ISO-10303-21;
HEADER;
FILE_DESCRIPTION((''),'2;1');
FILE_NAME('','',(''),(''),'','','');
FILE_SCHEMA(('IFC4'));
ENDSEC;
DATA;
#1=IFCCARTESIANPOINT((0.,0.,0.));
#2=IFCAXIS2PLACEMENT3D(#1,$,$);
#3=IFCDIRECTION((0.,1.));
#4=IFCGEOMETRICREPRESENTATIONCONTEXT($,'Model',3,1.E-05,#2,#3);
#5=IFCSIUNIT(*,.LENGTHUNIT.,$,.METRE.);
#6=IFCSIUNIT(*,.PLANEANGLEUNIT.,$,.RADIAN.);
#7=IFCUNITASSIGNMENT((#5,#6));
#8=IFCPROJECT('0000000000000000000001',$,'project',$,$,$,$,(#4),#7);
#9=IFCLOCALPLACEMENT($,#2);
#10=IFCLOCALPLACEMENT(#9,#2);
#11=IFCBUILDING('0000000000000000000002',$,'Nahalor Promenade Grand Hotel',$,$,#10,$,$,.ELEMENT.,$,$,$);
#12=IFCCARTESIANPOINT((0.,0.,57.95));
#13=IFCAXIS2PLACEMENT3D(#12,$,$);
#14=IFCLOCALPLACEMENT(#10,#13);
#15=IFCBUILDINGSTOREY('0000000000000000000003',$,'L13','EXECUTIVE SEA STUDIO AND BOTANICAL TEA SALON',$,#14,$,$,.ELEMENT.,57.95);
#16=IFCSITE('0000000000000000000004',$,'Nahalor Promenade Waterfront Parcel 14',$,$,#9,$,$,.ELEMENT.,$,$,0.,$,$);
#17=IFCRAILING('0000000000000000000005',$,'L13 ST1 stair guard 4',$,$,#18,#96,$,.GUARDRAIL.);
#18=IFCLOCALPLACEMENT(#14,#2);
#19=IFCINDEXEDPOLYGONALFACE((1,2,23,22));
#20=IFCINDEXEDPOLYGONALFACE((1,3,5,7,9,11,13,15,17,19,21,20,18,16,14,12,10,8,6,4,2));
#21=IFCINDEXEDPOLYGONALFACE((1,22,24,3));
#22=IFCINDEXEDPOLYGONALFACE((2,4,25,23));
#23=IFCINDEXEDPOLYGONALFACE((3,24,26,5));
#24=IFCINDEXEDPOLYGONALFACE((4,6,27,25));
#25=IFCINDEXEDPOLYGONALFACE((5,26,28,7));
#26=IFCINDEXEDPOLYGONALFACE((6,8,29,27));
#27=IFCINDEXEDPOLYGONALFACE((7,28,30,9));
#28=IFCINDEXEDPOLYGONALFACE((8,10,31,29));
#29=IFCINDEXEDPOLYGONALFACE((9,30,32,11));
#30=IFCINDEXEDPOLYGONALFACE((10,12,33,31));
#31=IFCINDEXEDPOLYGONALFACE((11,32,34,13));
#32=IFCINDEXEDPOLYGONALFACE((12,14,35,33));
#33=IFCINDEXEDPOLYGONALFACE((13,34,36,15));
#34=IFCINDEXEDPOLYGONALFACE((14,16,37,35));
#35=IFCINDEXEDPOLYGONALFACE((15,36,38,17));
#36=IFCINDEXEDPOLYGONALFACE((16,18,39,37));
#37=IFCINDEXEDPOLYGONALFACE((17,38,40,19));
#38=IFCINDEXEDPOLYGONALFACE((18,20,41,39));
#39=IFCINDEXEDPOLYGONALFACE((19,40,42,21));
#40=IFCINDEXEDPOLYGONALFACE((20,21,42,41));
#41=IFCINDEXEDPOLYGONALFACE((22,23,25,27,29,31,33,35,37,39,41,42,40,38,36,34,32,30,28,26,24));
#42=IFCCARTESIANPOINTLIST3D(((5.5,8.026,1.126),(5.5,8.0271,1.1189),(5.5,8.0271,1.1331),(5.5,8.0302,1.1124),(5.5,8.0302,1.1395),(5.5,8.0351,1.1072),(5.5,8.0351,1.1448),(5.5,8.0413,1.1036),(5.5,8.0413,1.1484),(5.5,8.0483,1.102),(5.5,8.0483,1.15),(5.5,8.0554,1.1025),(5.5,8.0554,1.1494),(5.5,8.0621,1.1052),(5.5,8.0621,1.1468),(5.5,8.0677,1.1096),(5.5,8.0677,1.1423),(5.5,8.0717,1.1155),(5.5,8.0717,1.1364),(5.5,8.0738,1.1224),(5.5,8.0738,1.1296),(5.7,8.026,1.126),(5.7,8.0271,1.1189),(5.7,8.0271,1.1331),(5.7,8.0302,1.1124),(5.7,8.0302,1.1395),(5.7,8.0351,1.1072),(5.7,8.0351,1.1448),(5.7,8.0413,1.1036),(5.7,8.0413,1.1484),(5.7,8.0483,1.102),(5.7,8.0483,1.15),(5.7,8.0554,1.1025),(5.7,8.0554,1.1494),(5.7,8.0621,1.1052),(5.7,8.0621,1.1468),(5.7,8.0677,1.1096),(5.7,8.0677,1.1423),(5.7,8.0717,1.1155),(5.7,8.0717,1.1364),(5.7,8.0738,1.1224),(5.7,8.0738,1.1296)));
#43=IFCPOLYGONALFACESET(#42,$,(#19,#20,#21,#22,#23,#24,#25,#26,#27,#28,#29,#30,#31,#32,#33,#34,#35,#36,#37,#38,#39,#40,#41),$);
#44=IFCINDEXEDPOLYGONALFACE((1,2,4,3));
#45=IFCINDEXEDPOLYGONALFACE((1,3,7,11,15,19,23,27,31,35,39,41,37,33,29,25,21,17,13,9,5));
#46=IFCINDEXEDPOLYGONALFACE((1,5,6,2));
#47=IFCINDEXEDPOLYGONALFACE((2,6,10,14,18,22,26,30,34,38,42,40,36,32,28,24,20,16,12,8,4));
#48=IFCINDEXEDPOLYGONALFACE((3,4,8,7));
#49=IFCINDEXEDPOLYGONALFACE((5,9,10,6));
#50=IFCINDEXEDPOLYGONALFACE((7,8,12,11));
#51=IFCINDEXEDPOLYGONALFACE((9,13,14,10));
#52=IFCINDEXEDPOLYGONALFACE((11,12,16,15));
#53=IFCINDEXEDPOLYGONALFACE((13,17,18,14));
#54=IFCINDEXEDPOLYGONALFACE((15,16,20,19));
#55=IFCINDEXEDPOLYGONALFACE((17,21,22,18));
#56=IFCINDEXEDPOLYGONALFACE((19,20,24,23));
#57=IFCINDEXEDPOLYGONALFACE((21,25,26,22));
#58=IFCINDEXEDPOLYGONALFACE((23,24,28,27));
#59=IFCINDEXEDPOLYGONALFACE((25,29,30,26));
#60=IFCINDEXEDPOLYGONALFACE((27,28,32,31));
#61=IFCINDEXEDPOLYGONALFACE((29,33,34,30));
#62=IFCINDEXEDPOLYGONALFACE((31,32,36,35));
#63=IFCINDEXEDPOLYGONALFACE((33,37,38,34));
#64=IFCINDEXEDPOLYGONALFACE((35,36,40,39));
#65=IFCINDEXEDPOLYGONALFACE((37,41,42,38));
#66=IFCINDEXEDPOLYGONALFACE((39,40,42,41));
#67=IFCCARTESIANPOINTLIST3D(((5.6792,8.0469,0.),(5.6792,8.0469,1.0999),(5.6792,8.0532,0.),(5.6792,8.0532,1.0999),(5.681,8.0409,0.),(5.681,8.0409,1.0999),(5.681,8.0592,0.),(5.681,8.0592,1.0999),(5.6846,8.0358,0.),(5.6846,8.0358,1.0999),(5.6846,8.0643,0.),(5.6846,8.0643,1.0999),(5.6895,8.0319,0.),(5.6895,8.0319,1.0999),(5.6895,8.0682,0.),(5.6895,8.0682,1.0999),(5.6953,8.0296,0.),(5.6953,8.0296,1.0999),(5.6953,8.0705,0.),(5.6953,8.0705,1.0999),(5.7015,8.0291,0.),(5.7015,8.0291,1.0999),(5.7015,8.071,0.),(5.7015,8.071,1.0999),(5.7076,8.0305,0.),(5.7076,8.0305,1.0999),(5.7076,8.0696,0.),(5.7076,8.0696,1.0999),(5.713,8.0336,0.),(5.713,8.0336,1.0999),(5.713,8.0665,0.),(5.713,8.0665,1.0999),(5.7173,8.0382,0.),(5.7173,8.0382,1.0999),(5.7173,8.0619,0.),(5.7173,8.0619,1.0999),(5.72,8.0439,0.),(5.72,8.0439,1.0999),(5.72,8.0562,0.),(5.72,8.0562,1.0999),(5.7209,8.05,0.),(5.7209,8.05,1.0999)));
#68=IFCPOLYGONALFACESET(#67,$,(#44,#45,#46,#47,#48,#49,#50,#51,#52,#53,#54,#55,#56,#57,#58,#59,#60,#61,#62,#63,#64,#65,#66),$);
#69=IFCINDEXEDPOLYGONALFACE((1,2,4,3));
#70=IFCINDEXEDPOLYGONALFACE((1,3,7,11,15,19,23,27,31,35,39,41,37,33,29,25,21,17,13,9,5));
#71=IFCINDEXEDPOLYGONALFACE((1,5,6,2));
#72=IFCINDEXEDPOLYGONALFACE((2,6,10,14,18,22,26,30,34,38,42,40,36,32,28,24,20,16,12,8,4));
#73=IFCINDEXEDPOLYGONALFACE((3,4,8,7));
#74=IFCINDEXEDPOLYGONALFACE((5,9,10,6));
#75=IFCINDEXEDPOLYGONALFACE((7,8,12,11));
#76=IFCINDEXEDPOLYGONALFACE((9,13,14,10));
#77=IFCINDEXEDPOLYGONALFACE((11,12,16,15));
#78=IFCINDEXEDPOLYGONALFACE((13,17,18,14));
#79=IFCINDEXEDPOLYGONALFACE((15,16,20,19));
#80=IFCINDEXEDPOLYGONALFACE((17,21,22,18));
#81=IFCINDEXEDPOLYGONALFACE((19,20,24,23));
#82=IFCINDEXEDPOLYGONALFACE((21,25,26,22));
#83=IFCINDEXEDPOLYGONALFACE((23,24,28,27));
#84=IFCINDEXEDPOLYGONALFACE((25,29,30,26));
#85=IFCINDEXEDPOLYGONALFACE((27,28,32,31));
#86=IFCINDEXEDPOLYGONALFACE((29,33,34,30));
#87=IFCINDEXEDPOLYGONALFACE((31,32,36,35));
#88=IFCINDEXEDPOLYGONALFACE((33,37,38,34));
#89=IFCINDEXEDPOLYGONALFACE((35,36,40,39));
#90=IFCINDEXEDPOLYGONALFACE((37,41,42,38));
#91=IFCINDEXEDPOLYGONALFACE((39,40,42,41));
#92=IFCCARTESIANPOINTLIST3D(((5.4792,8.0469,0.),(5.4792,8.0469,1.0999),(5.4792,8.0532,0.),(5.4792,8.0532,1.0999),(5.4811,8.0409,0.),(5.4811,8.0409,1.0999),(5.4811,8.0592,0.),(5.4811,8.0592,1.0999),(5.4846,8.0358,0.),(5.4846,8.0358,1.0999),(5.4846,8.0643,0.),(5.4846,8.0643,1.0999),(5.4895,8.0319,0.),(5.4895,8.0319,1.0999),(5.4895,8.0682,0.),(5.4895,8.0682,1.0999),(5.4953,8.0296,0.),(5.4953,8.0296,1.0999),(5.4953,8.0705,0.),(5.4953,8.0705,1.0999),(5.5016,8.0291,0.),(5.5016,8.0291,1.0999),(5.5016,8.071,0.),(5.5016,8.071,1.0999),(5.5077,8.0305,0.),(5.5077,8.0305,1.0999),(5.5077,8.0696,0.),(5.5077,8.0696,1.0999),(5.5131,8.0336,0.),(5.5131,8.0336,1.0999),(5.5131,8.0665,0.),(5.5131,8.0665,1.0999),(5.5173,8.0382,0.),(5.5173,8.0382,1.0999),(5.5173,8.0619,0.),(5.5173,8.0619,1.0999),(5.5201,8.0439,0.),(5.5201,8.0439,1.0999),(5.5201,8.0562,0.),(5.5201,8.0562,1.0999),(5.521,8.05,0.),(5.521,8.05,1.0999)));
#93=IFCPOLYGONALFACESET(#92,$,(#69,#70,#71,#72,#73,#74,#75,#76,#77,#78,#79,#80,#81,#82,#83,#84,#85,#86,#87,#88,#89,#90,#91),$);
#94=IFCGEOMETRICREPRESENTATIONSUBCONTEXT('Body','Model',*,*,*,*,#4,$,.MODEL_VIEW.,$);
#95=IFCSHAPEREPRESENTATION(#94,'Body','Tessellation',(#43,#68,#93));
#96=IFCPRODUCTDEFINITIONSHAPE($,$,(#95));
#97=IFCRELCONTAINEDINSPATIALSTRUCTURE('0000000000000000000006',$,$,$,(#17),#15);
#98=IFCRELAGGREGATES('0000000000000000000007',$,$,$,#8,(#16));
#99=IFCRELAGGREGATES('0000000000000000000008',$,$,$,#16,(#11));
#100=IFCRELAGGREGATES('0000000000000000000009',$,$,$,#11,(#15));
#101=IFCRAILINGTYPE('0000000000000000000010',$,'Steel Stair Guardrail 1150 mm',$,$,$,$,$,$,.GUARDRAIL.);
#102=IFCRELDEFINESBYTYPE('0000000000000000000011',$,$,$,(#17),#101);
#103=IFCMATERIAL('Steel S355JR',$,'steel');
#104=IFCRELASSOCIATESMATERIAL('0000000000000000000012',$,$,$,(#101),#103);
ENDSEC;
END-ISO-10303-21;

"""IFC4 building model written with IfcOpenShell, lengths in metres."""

from ifc_helpers import new_model, si_unit, direction, frame, origin, origin_2d, place, context, subcontext, project, spatial, circle, extrude, material, type_object, element, save


model = new_model("IFC4")

# Units and contexts
model_context = context("Model", 3, precision=1e-05, world=origin(), true_north=direction((0.0, 1.0)))
body_context = subcontext(model_context, "Body", "Model", "MODEL_VIEW")
ifc_project = project(units=[si_unit("LENGTHUNIT", "METRE"), si_unit("PLANEANGLEUNIT", "RADIAN")], contexts=[model_context])

# Site, building, storey
site_placement = place(None, origin())
site = spatial("IfcSite", under=ifc_project, at=site_placement, Name="Nahalor Promenade Waterfront Parcel 14", CompositionType="ELEMENT", RefElevation=0.0)
building_placement = place(site_placement, origin())
building = spatial("IfcBuilding", under=site, at=building_placement, Name="Nahalor Promenade Grand Hotel", CompositionType="ELEMENT")
storey_placement = place(building_placement, frame((0.0, 0.0, 57.95)))
storey = spatial("IfcBuildingStorey", under=building, at=storey_placement, Name="L13", Description="EXECUTIVE SEA STUDIO AND BOTANICAL TEA SALON", CompositionType="ELEMENT", Elevation=57.95)

# Shared definitions
ifc_material_1 = material(Name="Steel S355JR", Category="steel")

# Railing
railing_type_1 = type_object("IfcRailingType", Name="Steel Stair Guardrail 1150 mm", PredefinedType="GUARDRAIL", material=ifc_material_1)
railing_1_placement = place(storey_placement, frame((5.7, 8.05, 0.0)))
element("IfcRailing", 1, at=railing_1_placement, inside=storey, type_object=railing_type_1, Name="L13 ST1 stair guard 4", PredefinedType="GUARDRAIL", context=body_context, shape_type="SweptSolid", body=[
    extrude(circle(Radius=0.024, at=origin_2d()), frame((0.0, 0.0, 1.126), z_axis=(-1.0, 0.0, 0.0), x_axis=(0.0, -1.0, 0.0)), (0.0, 0.0, 1.0), 0.2),
    extrude(circle(Radius=0.021, at=origin_2d()), origin(), (0.0, 0.0, 1.0), 1.0999),
    extrude(circle(Radius=0.021, at=origin_2d()), frame((-0.2, 0.0, 0.0)), (0.0, 0.0, 1.0), 1.0999),
])

save(model, "model.ifc")
